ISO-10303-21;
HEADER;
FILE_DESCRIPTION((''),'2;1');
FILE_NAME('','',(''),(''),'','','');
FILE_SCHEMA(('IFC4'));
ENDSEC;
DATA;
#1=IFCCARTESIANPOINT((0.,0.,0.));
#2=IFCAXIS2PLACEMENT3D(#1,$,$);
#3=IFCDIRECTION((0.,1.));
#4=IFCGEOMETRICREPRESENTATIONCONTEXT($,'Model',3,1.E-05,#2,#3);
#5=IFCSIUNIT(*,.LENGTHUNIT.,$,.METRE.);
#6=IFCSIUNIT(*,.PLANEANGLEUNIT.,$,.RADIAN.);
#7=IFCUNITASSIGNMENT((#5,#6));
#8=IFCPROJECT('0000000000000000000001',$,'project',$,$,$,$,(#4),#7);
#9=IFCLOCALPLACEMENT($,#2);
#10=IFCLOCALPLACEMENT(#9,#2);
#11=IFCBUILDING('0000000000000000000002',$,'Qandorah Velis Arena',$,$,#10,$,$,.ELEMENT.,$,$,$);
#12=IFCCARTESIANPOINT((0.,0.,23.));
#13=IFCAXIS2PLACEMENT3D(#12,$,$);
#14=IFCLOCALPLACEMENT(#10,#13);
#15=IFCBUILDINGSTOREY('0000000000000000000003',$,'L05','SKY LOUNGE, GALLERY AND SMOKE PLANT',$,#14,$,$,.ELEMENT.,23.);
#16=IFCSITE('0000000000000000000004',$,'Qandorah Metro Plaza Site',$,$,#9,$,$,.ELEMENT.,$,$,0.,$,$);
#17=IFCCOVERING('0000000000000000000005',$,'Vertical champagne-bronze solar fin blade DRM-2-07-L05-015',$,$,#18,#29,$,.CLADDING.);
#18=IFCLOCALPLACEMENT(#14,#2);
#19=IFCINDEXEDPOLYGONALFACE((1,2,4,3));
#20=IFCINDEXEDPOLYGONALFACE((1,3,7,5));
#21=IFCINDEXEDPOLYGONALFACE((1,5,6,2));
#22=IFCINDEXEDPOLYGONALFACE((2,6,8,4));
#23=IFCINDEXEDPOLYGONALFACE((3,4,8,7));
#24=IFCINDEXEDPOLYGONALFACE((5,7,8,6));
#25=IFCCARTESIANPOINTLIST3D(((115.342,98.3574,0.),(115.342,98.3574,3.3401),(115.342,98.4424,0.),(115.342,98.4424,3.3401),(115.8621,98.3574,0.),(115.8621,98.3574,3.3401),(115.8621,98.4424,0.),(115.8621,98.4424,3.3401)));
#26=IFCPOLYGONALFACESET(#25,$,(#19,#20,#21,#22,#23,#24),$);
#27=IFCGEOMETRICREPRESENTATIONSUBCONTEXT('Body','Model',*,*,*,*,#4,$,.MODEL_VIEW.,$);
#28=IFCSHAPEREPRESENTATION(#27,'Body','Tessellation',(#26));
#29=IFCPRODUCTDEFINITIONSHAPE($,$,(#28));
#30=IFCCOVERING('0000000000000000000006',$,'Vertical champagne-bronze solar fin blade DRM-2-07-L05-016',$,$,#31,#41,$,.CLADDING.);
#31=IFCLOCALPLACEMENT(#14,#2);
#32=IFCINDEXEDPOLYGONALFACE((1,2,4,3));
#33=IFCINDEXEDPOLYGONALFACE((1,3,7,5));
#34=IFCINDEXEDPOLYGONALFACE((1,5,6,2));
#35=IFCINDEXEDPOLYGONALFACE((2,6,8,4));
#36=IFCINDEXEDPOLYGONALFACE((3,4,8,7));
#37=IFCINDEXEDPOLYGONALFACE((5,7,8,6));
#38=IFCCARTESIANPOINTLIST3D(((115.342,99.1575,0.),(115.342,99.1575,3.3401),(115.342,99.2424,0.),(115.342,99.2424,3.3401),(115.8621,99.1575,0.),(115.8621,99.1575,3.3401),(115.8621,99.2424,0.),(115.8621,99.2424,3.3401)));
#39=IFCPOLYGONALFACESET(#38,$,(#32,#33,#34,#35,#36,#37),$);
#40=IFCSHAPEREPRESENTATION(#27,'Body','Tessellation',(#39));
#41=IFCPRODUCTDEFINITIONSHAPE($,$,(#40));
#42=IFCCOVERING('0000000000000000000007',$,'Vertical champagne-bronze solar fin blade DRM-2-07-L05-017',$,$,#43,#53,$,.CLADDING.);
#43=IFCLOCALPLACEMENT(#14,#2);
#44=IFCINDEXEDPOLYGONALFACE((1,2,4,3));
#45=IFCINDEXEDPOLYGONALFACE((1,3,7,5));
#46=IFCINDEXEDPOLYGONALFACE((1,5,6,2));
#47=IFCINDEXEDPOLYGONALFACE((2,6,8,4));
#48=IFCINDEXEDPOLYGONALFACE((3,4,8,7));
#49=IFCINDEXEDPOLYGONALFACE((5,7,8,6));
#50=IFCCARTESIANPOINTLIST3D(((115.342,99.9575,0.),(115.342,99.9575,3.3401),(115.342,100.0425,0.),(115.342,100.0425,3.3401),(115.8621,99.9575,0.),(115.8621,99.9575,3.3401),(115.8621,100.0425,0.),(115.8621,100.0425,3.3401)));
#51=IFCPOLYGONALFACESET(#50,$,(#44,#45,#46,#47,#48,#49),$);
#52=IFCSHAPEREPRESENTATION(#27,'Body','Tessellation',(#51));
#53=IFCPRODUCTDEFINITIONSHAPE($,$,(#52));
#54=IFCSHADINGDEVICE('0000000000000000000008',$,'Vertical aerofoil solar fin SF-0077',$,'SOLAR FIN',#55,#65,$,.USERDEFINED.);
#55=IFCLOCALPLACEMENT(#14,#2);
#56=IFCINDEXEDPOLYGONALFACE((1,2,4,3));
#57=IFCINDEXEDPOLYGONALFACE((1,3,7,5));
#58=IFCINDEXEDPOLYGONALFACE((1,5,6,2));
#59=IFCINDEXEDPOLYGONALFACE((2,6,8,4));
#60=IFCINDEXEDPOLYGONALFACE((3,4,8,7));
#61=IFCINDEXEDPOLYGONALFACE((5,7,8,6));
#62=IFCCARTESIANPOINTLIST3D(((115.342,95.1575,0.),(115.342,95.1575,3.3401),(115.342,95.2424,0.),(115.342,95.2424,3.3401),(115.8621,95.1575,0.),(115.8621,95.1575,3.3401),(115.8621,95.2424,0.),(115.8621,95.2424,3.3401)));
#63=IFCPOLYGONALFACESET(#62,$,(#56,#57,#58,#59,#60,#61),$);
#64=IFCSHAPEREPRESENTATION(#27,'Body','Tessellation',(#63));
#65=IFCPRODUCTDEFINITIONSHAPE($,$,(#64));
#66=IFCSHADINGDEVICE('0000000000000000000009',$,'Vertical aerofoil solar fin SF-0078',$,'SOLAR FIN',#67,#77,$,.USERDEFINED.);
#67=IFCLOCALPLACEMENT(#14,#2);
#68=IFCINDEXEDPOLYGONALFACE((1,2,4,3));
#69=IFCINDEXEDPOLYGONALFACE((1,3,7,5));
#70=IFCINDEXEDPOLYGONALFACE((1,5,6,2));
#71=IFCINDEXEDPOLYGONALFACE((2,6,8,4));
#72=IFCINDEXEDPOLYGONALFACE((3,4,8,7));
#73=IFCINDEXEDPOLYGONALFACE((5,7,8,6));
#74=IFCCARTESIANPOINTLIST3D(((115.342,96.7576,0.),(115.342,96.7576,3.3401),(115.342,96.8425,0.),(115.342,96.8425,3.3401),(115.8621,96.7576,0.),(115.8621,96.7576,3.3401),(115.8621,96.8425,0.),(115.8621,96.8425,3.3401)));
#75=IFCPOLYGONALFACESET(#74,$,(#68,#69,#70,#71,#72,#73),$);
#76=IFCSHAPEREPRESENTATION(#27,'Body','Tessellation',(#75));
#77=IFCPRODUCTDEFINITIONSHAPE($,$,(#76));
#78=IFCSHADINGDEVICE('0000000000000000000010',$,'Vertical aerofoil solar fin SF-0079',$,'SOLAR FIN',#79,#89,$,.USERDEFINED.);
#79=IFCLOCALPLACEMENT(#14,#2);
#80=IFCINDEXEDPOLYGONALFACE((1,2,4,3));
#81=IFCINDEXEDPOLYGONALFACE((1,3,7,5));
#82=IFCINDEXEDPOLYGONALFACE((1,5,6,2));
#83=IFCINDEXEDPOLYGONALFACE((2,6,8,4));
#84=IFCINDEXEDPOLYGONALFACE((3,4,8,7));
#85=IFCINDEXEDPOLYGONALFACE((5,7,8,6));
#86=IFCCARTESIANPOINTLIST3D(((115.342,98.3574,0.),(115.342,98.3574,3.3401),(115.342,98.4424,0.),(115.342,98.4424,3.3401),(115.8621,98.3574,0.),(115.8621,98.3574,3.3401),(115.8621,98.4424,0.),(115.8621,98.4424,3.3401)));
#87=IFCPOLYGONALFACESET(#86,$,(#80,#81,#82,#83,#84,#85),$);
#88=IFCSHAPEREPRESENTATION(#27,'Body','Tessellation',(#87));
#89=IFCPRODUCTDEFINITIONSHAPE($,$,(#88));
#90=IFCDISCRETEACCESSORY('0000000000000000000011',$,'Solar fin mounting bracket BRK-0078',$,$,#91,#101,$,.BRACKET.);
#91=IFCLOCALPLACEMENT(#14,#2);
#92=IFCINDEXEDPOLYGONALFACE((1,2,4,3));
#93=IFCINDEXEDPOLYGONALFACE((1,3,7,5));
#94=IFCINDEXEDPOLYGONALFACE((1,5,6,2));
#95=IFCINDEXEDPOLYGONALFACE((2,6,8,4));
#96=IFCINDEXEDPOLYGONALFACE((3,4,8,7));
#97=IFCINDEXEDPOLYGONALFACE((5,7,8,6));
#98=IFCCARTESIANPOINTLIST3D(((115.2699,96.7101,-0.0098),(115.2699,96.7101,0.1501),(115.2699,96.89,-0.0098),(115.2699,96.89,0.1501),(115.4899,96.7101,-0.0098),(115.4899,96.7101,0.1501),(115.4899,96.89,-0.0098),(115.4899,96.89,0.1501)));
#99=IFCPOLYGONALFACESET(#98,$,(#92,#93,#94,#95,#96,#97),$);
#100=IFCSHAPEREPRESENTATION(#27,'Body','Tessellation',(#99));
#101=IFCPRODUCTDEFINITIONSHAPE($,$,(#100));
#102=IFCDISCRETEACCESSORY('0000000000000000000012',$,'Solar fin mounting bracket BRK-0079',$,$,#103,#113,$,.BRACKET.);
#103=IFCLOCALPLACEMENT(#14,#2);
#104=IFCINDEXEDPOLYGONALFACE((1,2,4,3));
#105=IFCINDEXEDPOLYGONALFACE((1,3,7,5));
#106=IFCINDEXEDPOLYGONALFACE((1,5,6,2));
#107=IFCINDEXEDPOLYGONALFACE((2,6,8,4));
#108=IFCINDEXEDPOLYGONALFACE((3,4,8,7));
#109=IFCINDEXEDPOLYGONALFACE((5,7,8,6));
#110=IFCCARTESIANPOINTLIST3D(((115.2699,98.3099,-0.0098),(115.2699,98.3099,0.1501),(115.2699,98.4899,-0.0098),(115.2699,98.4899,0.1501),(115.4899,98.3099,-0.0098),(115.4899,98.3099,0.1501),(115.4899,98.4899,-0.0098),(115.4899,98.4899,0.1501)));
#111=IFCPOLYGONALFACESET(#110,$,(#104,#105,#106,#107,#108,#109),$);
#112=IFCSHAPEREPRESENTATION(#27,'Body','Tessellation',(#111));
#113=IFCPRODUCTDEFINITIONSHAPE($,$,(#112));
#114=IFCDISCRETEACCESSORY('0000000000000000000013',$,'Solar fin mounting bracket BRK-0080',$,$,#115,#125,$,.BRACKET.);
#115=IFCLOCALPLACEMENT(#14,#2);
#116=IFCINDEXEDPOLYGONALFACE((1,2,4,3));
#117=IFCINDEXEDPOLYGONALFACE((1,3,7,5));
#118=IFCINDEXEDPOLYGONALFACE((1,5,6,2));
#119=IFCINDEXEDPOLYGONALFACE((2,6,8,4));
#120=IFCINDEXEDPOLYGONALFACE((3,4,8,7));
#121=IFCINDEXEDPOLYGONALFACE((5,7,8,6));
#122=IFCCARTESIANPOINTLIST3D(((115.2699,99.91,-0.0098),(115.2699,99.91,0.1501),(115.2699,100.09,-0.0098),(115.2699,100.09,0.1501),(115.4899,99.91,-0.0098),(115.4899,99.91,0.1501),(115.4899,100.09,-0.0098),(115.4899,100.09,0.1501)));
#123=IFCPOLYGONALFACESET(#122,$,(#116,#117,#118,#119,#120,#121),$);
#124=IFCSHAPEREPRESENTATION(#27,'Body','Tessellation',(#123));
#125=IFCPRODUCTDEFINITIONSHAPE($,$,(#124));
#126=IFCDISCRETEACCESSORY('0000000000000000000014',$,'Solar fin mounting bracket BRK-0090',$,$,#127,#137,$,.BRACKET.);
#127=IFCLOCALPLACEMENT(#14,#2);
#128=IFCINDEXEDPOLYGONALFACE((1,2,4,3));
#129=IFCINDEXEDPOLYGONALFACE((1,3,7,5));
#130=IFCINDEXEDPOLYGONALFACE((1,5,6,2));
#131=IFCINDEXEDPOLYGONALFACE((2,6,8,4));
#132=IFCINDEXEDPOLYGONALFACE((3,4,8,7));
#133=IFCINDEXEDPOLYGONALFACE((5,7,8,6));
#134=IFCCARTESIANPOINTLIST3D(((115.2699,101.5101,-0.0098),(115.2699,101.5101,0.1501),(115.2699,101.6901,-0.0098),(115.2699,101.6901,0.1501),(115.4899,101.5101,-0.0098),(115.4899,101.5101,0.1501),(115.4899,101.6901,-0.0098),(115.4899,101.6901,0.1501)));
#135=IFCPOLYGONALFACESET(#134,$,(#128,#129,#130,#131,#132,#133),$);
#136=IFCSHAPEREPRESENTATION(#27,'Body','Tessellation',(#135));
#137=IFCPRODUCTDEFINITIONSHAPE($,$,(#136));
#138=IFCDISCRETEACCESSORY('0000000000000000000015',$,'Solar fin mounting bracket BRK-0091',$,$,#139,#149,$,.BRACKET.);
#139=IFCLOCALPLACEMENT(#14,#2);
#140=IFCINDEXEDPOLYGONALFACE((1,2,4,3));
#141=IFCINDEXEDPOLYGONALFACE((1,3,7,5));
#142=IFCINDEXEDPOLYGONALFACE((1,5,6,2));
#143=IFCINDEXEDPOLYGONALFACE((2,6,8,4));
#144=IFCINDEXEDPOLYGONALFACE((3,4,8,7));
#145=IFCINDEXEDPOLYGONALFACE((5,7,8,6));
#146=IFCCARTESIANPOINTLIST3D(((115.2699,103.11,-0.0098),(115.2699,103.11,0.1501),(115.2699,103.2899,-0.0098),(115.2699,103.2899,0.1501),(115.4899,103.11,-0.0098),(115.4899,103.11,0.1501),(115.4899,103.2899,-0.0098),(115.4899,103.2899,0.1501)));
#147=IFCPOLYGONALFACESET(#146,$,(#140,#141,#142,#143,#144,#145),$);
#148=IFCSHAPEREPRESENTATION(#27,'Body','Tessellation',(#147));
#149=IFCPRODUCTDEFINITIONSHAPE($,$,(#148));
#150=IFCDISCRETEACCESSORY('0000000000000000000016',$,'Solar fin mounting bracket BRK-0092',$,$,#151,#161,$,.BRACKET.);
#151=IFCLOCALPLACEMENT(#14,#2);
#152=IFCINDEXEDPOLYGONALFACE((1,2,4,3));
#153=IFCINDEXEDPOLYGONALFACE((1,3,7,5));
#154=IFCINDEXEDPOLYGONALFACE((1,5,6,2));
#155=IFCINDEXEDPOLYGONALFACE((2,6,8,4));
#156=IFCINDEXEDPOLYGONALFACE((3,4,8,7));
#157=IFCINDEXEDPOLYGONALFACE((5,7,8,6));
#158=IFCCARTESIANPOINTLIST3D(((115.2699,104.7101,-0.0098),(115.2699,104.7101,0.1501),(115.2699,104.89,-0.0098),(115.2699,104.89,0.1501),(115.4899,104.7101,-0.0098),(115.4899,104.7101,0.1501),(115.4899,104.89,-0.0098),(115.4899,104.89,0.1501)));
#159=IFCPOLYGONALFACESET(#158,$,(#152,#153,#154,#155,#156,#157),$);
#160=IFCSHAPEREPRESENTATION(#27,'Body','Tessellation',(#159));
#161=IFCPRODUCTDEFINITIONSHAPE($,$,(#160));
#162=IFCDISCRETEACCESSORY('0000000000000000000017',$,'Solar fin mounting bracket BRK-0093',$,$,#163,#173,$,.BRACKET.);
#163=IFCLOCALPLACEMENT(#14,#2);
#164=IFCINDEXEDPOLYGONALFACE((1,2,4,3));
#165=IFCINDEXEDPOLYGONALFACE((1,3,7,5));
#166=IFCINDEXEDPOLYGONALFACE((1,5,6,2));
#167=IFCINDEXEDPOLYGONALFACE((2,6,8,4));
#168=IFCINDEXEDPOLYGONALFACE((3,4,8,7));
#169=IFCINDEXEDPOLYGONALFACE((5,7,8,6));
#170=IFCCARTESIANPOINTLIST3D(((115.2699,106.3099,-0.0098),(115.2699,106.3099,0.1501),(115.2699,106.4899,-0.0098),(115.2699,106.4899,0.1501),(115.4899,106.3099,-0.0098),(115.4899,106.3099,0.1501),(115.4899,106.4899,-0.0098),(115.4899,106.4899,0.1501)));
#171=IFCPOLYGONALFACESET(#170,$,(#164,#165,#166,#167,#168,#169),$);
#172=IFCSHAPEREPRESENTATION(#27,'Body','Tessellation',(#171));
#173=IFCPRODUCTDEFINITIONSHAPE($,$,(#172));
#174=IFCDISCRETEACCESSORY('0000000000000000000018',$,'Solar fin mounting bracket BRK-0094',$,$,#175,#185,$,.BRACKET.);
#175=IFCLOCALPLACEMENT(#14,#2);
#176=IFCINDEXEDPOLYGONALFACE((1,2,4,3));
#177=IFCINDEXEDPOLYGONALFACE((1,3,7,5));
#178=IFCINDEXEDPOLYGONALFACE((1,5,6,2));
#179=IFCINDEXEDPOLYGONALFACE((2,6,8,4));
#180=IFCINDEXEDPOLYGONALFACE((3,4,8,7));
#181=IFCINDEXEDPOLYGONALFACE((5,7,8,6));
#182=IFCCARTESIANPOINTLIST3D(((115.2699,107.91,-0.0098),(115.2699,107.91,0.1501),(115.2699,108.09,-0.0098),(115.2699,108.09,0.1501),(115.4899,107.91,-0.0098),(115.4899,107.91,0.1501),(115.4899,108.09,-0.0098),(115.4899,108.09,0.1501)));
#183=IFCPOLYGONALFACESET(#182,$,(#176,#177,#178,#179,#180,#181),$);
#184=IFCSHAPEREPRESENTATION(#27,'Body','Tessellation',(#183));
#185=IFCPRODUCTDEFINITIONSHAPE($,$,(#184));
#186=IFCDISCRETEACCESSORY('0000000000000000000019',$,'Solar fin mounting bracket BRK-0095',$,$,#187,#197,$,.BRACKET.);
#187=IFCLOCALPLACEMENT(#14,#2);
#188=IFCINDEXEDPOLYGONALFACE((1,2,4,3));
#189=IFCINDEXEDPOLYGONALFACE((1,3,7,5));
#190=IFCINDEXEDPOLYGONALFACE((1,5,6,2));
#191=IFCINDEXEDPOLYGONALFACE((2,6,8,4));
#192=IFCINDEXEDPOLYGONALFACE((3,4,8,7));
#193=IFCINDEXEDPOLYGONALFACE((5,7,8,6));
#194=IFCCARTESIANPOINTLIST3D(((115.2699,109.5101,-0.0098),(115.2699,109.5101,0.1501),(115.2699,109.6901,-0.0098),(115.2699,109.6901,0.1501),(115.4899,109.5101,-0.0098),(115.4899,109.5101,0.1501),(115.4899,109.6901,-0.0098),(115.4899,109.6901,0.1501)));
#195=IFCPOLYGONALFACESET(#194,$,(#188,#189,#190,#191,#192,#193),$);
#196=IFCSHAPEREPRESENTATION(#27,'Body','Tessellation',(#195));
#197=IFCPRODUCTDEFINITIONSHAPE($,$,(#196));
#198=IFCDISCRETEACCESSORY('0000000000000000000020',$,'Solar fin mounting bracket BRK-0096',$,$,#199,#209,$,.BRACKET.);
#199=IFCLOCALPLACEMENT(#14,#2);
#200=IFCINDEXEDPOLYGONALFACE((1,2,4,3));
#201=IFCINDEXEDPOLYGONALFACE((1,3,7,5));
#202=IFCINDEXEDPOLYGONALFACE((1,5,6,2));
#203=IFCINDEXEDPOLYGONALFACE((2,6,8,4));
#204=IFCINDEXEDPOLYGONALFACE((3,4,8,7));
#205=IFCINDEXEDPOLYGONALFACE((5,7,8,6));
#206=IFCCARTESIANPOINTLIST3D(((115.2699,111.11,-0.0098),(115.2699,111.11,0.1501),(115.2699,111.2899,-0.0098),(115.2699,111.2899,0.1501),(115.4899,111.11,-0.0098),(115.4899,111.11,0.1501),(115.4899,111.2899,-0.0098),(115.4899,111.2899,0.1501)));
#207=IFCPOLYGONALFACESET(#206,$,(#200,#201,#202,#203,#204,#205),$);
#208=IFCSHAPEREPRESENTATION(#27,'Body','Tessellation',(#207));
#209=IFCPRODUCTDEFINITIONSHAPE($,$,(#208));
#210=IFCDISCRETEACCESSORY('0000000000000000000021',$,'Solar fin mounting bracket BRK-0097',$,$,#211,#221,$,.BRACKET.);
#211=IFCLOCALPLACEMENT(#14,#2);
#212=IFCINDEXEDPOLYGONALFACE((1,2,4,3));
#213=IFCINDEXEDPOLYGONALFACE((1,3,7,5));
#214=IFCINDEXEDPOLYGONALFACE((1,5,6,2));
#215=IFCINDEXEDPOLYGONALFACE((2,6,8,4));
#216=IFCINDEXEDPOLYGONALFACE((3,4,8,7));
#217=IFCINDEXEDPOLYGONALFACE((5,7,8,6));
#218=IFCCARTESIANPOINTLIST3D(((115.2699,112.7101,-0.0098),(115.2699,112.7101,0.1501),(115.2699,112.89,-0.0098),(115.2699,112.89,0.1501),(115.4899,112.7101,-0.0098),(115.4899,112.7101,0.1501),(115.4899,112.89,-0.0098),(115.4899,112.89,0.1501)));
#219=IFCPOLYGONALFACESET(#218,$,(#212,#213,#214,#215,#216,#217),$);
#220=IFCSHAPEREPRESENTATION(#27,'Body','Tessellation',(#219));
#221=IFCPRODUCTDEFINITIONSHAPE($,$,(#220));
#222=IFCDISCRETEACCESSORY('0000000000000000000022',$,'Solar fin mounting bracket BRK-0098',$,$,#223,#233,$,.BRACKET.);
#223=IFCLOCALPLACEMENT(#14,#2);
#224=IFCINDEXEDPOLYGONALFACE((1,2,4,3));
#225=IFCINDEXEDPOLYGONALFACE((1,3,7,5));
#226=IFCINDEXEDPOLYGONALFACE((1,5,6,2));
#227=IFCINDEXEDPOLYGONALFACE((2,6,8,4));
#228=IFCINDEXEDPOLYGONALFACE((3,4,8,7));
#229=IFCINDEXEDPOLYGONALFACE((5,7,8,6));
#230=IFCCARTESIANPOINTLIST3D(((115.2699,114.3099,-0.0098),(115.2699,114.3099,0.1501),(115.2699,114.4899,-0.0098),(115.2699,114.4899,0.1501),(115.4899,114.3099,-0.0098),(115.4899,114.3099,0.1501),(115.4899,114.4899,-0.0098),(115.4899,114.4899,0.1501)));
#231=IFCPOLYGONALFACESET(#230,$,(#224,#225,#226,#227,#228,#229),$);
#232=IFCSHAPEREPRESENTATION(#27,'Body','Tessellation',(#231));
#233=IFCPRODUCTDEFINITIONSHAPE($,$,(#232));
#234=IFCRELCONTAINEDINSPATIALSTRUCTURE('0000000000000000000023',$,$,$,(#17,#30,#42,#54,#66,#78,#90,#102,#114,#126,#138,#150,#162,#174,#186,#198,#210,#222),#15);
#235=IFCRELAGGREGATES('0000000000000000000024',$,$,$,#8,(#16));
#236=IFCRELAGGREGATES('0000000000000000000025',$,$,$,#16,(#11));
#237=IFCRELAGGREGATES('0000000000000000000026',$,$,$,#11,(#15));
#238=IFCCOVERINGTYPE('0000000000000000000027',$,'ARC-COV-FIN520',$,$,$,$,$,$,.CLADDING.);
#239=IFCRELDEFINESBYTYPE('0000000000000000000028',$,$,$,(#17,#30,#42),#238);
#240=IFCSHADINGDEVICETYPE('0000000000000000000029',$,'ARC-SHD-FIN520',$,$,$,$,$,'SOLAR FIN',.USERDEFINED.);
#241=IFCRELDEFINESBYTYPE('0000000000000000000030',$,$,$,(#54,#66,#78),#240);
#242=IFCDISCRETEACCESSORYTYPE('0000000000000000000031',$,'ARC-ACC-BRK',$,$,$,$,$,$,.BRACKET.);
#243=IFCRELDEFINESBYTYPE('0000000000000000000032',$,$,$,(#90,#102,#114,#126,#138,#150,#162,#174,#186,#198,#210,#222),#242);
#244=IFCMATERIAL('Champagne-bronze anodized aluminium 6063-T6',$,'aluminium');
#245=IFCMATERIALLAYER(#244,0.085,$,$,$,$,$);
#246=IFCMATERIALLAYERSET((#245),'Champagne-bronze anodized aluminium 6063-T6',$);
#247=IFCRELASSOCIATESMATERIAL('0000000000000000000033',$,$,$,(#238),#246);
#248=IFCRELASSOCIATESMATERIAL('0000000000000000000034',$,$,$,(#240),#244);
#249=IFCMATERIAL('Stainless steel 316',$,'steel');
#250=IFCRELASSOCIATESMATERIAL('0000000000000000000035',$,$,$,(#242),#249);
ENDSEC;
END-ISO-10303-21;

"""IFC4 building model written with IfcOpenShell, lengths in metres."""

from ifc_helpers import new_model, si_unit, direction, frame, origin, origin_2d, place, context, subcontext, project, spatial, rectangle, extrude, material, layer, layer_set, type_object, element, save


model = new_model("IFC4")

# Units and contexts
model_context = context("Model", 3, precision=1e-05, world=origin(), true_north=direction((0.0, 1.0)))
body_context = subcontext(model_context, "Body", "Model", "MODEL_VIEW")
ifc_project = project(units=[si_unit("LENGTHUNIT", "METRE"), si_unit("PLANEANGLEUNIT", "RADIAN")], contexts=[model_context])

# Site, building, storey
site_placement = place(None, origin())
site = spatial("IfcSite", under=ifc_project, at=site_placement, Name="Qandorah Metro Plaza Site", CompositionType="ELEMENT", RefElevation=0.0)
building_placement = place(site_placement, origin())
building = spatial("IfcBuilding", under=site, at=building_placement, Name="Qandorah Velis Arena", CompositionType="ELEMENT")
storey_placement = place(building_placement, frame((0.0, 0.0, 23.0)))
storey = spatial("IfcBuildingStorey", under=building, at=storey_placement, Name="L05", Description="SKY LOUNGE, GALLERY AND SMOKE PLANT", CompositionType="ELEMENT", Elevation=23.0)

# Coverings
ifc_material_1 = material(Name="Champagne-bronze anodized aluminium 6063-T6", Category="aluminium")
ifc_layer_1 = layer(ifc_material_1, 0.085)
ifc_layer_set_1 = layer_set([ifc_layer_1], Name="Champagne-bronze anodized aluminium 6063-T6")
covering_type = type_object("IfcCoveringType", Name="ARC-COV-FIN520", PredefinedType="CLADDING", material=ifc_layer_set_1)
for number, where, z_axis, x_axis, name in (
    (1, (115.6021, 98.3999, 0.0), (0.0, 0.0, 1.0), (1.0, 0.0, 0.0), "Vertical champagne-bronze solar fin blade DRM-2-07-L05-015"),
    (2, (115.6021, 99.2, 0.0), (0.0, 0.0, 1.0), (1.0, 0.0, 0.0), "Vertical champagne-bronze solar fin blade DRM-2-07-L05-016"),
    (3, (115.6021, 100.0, 0.0), (0.0, 0.0, 1.0), (1.0, 0.0, 0.0), "Vertical champagne-bronze solar fin blade DRM-2-07-L05-017"),
):
    element("IfcCovering", number, at=place(storey_placement, frame(where, z_axis=z_axis, x_axis=x_axis)), inside=storey, type_object=covering_type, Name=name, PredefinedType="CLADDING", context=body_context, shape_type="SweptSolid", body=[
        extrude(rectangle(XDim=0.52, YDim=0.085, at=origin_2d()), origin(), (0.0, 0.0, 1.0), 3.3401),
    ])

# Shading devices
shading_device_type = type_object("IfcShadingDeviceType", Name="ARC-SHD-FIN520", ElementType="SOLAR FIN", PredefinedType="USERDEFINED", material=ifc_material_1)
for number, where, z_axis, x_axis, name in (
    (4, (115.6021, 95.2, 0.0), (0.0, 0.0, 1.0), (1.0, 0.0, 0.0), "Vertical aerofoil solar fin SF-0077"),
    (5, (115.6021, 96.8, 0.0), (0.0, 0.0, 1.0), (1.0, 0.0, 0.0), "Vertical aerofoil solar fin SF-0078"),
    (6, (115.6021, 98.3999, 0.0), (0.0, 0.0, 1.0), (1.0, 0.0, 0.0), "Vertical aerofoil solar fin SF-0079"),
):
    element("IfcShadingDevice", number, at=place(storey_placement, frame(where, z_axis=z_axis, x_axis=x_axis)), inside=storey, type_object=shading_device_type, Name=name, ObjectType="SOLAR FIN", PredefinedType="USERDEFINED", context=body_context, shape_type="SweptSolid", body=[
        extrude(rectangle(XDim=0.52, YDim=0.085, at=origin_2d()), origin(), (0.0, 0.0, 1.0), 3.3401),
    ])

# Discrete accessories
ifc_material_2 = material(Name="Stainless steel 316", Category="steel")
discrete_accessory_type = type_object("IfcDiscreteAccessoryType", Name="ARC-ACC-BRK", PredefinedType="BRACKET", material=ifc_material_2)
for number, where, z_axis, x_axis, name in (
    (7, (115.3799, 96.8, -0.0098), (0.0, 0.0, 1.0), (1.0, 0.0, 0.0), "Solar fin mounting bracket BRK-0078"),
    (8, (115.3799, 98.3999, -0.0098), (0.0, 0.0, 1.0), (1.0, 0.0, 0.0), "Solar fin mounting bracket BRK-0079"),
    (9, (115.3799, 100.0, -0.0098), (0.0, 0.0, 1.0), (1.0, 0.0, 0.0), "Solar fin mounting bracket BRK-0080"),
    (10, (115.3799, 101.6001, -0.0098), (0.0, 0.0, 1.0), (1.0, 0.0, 0.0), "Solar fin mounting bracket BRK-0090"),
    (11, (115.3799, 103.2, -0.0098), (0.0, 0.0, 1.0), (1.0, 0.0, 0.0), "Solar fin mounting bracket BRK-0091"),
    (12, (115.3799, 104.8, -0.0098), (0.0, 0.0, 1.0), (1.0, 0.0, 0.0), "Solar fin mounting bracket BRK-0092"),
    (13, (115.3799, 106.3999, -0.0098), (0.0, 0.0, 1.0), (1.0, 0.0, 0.0), "Solar fin mounting bracket BRK-0093"),
    (14, (115.3799, 108.0, -0.0098), (0.0, 0.0, 1.0), (1.0, 0.0, 0.0), "Solar fin mounting bracket BRK-0094"),
    (15, (115.3799, 109.6001, -0.0098), (0.0, 0.0, 1.0), (1.0, 0.0, 0.0), "Solar fin mounting bracket BRK-0095"),
    (16, (115.3799, 111.2, -0.0098), (0.0, 0.0, 1.0), (1.0, 0.0, 0.0), "Solar fin mounting bracket BRK-0096"),
    (17, (115.3799, 112.8, -0.0098), (0.0, 0.0, 1.0), (1.0, 0.0, 0.0), "Solar fin mounting bracket BRK-0097"),
    (18, (115.3799, 114.3999, -0.0098), (0.0, 0.0, 1.0), (1.0, 0.0, 0.0), "Solar fin mounting bracket BRK-0098"),
):
    element("IfcDiscreteAccessory", number, at=place(storey_placement, frame(where, z_axis=z_axis, x_axis=x_axis)), inside=storey, type_object=discrete_accessory_type, Name=name, PredefinedType="BRACKET", context=body_context, shape_type="SweptSolid", body=[
        extrude(rectangle(XDim=0.22, YDim=0.1799, at=origin_2d()), origin(), (0.0, 0.0, 1.0), 0.1599),
    ])

save(model, "model.ifc")
